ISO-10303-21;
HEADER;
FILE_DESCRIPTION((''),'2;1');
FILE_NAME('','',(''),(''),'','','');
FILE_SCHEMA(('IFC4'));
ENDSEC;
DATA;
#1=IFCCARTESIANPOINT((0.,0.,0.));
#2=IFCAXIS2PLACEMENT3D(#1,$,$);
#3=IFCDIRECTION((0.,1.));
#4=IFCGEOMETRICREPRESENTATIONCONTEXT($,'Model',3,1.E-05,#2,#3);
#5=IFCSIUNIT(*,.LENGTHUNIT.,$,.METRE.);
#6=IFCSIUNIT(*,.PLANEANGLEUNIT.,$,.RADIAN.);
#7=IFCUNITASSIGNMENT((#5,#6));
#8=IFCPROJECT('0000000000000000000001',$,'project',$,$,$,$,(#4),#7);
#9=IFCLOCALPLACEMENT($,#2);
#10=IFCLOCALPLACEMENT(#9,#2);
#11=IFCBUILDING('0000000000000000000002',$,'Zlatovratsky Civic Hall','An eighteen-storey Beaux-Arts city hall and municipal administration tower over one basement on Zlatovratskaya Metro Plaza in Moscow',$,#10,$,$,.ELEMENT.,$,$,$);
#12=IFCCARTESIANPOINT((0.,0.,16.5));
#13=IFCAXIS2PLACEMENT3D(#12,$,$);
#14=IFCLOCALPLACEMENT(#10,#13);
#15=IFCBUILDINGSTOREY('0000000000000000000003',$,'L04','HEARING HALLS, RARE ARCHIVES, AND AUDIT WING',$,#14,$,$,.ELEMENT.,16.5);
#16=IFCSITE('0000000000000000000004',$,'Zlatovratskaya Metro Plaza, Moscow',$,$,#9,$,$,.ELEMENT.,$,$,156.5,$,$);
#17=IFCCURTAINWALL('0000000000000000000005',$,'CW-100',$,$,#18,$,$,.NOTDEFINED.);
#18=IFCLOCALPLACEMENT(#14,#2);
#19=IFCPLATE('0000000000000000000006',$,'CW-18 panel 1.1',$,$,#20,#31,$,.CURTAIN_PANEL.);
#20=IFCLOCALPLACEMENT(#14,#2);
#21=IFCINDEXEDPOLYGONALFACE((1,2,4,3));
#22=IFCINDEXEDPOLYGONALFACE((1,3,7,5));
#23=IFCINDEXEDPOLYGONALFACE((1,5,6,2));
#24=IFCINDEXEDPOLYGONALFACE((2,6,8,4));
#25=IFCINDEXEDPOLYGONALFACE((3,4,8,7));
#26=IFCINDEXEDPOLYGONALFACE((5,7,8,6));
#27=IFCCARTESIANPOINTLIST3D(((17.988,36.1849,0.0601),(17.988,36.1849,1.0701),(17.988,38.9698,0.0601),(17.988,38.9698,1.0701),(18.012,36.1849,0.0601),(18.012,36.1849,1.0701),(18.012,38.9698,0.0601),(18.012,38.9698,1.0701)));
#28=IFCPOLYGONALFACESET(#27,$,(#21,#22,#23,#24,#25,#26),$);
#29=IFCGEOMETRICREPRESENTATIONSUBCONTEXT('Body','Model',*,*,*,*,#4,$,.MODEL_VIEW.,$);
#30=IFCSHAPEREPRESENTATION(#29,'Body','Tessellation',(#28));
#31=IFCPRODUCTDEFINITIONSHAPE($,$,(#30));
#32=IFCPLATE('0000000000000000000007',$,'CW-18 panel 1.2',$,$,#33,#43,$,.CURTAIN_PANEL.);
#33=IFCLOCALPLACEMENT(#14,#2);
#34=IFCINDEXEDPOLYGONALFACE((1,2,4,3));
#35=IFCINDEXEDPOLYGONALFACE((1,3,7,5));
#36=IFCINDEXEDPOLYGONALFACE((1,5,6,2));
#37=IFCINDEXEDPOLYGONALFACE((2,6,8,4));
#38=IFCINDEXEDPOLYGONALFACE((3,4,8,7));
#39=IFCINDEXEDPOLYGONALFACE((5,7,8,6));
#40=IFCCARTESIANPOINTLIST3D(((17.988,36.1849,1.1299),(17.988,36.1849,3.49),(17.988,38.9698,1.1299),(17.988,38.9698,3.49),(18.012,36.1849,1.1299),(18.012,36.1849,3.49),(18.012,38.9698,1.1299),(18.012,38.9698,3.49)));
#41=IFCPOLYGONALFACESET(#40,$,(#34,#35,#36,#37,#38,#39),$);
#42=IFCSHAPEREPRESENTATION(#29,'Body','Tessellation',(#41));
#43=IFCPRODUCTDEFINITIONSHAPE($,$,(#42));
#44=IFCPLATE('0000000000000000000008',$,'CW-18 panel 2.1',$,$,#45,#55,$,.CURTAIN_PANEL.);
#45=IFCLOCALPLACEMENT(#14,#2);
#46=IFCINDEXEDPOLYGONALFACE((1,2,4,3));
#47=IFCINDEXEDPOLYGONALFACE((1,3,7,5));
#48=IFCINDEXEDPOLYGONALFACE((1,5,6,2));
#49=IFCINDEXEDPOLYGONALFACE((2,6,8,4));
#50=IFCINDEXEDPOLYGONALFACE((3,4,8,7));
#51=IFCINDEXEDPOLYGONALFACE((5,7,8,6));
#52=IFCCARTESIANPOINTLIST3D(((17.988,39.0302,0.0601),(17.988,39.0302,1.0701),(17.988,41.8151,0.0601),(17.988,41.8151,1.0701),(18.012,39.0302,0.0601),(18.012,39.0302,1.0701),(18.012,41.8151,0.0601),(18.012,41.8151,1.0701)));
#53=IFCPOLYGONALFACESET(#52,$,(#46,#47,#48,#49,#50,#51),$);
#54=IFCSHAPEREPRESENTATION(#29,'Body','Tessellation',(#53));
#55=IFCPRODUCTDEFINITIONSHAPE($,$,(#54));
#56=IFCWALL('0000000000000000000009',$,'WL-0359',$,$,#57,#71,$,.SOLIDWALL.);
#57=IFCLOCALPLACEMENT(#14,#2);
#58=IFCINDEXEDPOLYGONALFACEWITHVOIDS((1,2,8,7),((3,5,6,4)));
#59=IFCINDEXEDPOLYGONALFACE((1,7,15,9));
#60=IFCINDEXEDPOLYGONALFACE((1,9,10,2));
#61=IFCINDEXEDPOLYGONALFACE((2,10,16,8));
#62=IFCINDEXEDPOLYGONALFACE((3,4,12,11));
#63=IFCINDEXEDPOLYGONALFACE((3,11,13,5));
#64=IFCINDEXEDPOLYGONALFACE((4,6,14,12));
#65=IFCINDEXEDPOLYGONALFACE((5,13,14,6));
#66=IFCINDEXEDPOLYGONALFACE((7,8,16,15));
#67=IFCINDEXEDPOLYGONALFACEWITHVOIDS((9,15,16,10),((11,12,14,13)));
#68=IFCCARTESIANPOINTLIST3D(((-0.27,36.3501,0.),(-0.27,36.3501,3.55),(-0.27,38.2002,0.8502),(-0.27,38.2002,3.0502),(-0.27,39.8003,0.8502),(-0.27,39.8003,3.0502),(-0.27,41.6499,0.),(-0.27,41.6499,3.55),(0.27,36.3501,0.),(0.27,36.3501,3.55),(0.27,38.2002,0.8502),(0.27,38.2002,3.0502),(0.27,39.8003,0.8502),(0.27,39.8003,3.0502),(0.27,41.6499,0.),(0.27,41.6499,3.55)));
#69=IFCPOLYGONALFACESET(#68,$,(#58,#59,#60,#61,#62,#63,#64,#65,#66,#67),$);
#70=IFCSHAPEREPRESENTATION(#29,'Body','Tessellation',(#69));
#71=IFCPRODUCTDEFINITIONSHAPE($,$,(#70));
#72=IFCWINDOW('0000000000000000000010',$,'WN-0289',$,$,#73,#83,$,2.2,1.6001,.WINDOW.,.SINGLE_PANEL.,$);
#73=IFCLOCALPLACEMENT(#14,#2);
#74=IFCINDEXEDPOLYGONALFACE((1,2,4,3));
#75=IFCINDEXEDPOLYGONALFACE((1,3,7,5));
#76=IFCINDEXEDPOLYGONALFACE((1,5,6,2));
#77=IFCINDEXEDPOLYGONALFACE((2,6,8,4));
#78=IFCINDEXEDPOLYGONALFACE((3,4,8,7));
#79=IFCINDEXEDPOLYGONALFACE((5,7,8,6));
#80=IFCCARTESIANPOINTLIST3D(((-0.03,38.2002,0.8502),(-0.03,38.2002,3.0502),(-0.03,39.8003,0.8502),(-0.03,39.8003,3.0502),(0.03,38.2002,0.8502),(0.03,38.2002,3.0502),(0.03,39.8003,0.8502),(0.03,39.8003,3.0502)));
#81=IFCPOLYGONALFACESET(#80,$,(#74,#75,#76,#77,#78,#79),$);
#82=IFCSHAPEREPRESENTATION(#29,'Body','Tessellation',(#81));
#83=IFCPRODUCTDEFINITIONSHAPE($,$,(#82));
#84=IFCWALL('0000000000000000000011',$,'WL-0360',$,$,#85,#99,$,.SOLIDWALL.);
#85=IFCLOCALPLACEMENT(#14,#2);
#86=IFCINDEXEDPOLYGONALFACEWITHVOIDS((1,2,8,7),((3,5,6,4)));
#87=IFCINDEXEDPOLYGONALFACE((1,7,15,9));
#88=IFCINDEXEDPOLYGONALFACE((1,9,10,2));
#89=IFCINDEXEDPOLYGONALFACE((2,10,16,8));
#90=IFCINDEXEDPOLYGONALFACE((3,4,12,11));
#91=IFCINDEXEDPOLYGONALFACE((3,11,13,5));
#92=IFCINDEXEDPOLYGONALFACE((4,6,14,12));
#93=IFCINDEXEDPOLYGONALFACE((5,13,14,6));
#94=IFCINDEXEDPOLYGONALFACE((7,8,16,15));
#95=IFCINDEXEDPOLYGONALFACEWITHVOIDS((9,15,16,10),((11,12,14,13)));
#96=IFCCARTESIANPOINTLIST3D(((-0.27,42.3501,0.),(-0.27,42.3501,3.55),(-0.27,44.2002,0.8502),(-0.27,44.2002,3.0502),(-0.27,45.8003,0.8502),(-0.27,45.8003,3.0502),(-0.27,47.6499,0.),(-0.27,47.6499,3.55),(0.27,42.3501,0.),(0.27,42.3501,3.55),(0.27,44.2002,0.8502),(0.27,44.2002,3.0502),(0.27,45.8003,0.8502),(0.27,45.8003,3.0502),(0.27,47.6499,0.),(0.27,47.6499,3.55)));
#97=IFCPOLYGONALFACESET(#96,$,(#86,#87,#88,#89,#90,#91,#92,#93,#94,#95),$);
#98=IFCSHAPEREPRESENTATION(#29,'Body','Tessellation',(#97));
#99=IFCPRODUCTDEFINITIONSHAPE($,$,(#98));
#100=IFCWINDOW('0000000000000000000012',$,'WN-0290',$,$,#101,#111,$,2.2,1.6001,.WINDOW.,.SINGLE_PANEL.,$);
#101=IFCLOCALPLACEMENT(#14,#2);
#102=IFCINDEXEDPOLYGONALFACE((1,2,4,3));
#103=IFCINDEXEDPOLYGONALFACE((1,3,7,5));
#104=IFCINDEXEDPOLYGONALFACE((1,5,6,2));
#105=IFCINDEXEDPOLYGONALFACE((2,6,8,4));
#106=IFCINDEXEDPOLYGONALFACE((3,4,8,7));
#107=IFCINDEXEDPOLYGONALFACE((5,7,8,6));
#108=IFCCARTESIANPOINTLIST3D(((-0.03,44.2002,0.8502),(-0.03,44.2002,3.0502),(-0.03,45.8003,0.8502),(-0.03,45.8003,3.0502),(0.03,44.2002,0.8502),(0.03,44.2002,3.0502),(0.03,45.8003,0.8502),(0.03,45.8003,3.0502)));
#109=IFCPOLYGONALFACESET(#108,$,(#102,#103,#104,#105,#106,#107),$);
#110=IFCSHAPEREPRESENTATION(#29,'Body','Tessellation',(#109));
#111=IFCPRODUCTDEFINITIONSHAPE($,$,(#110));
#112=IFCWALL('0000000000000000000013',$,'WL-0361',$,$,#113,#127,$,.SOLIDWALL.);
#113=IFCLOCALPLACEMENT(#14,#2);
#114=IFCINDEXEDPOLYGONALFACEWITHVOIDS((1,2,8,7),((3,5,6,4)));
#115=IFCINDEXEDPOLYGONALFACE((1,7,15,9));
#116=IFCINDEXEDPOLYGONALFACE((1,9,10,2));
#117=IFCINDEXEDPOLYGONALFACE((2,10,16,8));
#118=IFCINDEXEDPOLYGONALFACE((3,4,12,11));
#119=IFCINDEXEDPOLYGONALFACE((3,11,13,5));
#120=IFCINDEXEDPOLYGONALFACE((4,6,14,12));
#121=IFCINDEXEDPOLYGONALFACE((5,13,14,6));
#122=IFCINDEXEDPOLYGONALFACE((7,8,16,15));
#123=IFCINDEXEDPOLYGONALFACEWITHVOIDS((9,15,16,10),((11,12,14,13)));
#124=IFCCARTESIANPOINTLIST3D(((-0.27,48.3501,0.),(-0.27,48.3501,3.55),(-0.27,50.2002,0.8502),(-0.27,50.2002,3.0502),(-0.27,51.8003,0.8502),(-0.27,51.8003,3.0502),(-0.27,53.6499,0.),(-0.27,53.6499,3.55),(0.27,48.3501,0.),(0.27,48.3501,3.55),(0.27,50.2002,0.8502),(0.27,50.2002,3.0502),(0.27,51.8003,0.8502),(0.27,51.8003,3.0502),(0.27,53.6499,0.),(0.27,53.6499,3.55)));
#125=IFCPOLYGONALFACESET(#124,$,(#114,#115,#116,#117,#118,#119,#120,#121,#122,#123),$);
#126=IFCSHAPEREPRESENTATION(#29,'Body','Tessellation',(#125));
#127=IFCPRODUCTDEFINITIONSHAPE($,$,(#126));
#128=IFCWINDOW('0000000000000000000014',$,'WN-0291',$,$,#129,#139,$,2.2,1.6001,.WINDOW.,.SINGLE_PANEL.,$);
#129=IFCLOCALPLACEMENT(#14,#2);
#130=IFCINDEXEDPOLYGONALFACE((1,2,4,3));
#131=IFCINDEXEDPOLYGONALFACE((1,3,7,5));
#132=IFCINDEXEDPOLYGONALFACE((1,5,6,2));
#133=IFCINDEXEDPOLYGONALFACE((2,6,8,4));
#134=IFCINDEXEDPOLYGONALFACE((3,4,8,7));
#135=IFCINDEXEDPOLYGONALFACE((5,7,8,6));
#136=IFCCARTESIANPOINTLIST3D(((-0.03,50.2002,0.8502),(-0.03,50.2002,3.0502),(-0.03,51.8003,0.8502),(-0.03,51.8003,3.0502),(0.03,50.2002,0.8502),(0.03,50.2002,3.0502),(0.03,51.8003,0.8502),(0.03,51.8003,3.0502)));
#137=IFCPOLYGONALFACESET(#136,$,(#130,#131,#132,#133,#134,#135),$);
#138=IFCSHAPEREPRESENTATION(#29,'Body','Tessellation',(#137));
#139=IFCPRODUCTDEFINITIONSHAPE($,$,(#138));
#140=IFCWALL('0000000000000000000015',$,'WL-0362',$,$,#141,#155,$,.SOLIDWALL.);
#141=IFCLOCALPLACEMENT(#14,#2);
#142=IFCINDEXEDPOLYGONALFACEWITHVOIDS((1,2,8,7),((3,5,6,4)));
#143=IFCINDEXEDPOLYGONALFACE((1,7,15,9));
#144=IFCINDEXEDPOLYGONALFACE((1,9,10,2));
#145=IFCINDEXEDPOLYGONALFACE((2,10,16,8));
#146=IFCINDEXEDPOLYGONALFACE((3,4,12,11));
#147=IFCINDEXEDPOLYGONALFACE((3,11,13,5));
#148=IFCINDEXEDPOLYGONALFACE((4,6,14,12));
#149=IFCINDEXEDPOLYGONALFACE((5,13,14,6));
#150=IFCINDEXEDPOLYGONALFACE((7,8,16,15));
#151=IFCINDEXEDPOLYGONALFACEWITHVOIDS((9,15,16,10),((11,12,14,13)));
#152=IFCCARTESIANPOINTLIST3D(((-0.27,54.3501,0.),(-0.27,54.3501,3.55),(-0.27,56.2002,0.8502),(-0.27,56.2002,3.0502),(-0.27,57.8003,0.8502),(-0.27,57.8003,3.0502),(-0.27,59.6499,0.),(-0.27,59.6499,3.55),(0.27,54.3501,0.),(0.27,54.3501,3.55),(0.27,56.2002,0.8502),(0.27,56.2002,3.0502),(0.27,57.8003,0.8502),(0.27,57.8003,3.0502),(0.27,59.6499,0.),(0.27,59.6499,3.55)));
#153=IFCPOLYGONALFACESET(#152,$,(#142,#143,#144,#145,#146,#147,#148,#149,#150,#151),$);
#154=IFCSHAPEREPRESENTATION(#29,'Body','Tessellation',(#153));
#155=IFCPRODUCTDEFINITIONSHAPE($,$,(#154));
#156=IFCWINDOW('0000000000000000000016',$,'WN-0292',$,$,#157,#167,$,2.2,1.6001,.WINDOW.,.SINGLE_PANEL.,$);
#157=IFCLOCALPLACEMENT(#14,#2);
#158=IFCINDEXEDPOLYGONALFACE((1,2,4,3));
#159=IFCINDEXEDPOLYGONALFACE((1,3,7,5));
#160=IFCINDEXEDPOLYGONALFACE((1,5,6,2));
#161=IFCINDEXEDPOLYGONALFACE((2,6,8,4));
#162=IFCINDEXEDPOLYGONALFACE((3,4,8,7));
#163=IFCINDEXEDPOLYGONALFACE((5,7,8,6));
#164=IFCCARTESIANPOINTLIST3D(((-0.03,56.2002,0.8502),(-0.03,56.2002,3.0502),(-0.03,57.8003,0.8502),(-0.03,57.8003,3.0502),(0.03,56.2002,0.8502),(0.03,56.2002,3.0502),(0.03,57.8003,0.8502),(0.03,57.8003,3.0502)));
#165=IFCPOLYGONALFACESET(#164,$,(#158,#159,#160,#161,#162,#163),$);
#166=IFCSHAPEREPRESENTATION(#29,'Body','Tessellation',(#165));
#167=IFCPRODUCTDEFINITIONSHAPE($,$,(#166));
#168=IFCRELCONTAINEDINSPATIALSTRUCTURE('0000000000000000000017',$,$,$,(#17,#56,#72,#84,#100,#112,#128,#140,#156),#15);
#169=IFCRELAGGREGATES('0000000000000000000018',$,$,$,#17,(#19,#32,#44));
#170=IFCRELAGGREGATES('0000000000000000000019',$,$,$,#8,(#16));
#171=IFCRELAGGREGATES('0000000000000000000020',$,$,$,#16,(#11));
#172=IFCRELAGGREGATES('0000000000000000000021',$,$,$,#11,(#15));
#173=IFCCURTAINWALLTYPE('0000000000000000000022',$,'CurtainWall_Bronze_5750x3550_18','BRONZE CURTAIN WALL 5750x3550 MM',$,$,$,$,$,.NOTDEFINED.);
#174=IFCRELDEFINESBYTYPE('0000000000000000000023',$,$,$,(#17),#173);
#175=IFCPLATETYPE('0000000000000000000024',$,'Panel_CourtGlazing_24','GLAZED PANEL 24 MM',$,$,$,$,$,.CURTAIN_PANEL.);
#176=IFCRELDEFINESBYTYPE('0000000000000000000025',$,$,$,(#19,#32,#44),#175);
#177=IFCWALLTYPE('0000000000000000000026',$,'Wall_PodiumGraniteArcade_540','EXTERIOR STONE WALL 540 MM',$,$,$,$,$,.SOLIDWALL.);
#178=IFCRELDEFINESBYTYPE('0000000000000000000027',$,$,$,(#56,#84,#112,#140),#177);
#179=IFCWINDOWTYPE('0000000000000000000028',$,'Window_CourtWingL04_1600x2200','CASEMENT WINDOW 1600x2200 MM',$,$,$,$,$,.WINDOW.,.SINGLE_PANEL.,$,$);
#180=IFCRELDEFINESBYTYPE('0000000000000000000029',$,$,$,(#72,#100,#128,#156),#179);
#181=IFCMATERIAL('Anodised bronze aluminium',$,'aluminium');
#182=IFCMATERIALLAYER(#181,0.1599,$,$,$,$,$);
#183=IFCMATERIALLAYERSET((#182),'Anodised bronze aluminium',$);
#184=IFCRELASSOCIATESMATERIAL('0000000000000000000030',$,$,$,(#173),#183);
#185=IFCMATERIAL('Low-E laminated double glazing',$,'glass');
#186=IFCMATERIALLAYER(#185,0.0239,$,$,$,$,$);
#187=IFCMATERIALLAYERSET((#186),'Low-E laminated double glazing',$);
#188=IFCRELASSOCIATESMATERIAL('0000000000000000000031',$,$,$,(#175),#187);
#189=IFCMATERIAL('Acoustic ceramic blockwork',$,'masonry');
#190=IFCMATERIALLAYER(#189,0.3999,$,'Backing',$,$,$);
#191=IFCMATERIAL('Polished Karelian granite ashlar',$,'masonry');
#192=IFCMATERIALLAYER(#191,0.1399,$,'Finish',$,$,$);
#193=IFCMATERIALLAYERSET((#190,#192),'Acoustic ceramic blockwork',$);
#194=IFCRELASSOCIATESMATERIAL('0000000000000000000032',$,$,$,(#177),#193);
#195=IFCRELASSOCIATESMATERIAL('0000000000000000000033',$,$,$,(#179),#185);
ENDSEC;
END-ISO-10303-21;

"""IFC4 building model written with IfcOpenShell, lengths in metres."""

from ifc_helpers import new_model, si_unit, direction, frame, frame_2d, origin, origin_2d, place, context, subcontext, project, spatial, rectangle, extrude, material, layer, layer_set, type_object, element, fill, aggregate, save


model = new_model("IFC4")

# Units and contexts
model_context = context("Model", 3, precision=1e-05, world=origin(), true_north=direction((0.0, 1.0)))
body_context = subcontext(model_context, "Body", "Model", "MODEL_VIEW")
ifc_project = project(units=[si_unit("LENGTHUNIT", "METRE"), si_unit("PLANEANGLEUNIT", "RADIAN")], contexts=[model_context])

# Site, building, storey
site_placement = place(None, origin())
site = spatial("IfcSite", under=ifc_project, at=site_placement, Name="Zlatovratskaya Metro Plaza, Moscow", CompositionType="ELEMENT", RefElevation=156.5)
building_placement = place(site_placement, origin())
building = spatial("IfcBuilding", under=site, at=building_placement, Name="Zlatovratsky Civic Hall", Description="An eighteen-storey Beaux-Arts city hall and municipal administration tower over one basement on Zlatovratskaya Metro Plaza in Moscow", CompositionType="ELEMENT")
storey_placement = place(building_placement, frame((0.0, 0.0, 16.5)))
storey = spatial("IfcBuildingStorey", under=building, at=storey_placement, Name="L04", Description="HEARING HALLS, RARE ARCHIVES, AND AUDIT WING", CompositionType="ELEMENT", Elevation=16.5)

# Curtain wall
ifc_material_1 = material(Name="Anodised bronze aluminium", Category="aluminium")
ifc_layer_1 = layer(ifc_material_1, 0.1599)
ifc_layer_set_1 = layer_set([ifc_layer_1], Name="Anodised bronze aluminium")
curtain_wall_type = type_object("IfcCurtainWallType", Name="CurtainWall_Bronze_5750x3550_18", Description="BRONZE CURTAIN WALL 5750x3550 MM", PredefinedType="NOTDEFINED", material=ifc_layer_set_1)
curtain_wall_placement = place(storey_placement, origin())
curtain_wall = element("IfcCurtainWall", 1, at=curtain_wall_placement, inside=storey, type_object=curtain_wall_type, Name="CW-100", PredefinedType="NOTDEFINED")

# Plates
ifc_material_2 = material(Name="Low-E laminated double glazing", Category="glass")
ifc_layer_2 = layer(ifc_material_2, 0.0239)
ifc_layer_set_2 = layer_set([ifc_layer_2], Name="Low-E laminated double glazing")
plate_type = type_object("IfcPlateType", Name="Panel_CourtGlazing_24", Description="GLAZED PANEL 24 MM", PredefinedType="CURTAIN_PANEL", material=ifc_layer_set_2)
plate_1_placement = place(storey_placement, frame((18.0, 37.5774, 0.0601), z_axis=(0.0, 0.0, 1.0), x_axis=(0.0, 1.0, 0.0)))
plate_1 = element("IfcPlate", 2, at=plate_1_placement, type_object=plate_type, Name="CW-18 panel 1.1", PredefinedType="CURTAIN_PANEL", context=body_context, shape_type="SweptSolid", body=[
    extrude(rectangle(XDim=2.7849, YDim=0.0239, at=origin_2d()), origin(), (0.0, 0.0, 1.0), 1.01),
])
plate_2_placement = place(storey_placement, frame((18.0, 37.5774, 1.1299), z_axis=(0.0, 0.0, 1.0), x_axis=(0.0, 1.0, 0.0)))
plate_2 = element("IfcPlate", 3, at=plate_2_placement, type_object=plate_type, Name="CW-18 panel 1.2", PredefinedType="CURTAIN_PANEL", context=body_context, shape_type="SweptSolid", body=[
    extrude(rectangle(XDim=2.7849, YDim=0.0239, at=origin_2d()), origin(), (0.0, 0.0, 1.0), 2.3601),
])
plate_3_placement = place(storey_placement, frame((18.0, 40.4226, 0.0601), z_axis=(0.0, 0.0, 1.0), x_axis=(0.0, 1.0, 0.0)))
plate_3 = element("IfcPlate", 4, at=plate_3_placement, type_object=plate_type, Name="CW-18 panel 2.1", PredefinedType="CURTAIN_PANEL", context=body_context, shape_type="SweptSolid", body=[
    extrude(rectangle(XDim=2.7849, YDim=0.0239, at=origin_2d()), origin(), (0.0, 0.0, 1.0), 1.01),
])
aggregate(curtain_wall, [plate_1, plate_2, plate_3])

# Walls, openings, windows
ifc_material_3 = material(Name="Acoustic ceramic blockwork", Category="masonry")
ifc_layer_3 = layer(ifc_material_3, 0.3999, Name="Backing")
ifc_material_4 = material(Name="Polished Karelian granite ashlar", Category="masonry")
ifc_layer_4 = layer(ifc_material_4, 0.1399, Name="Finish")
ifc_layer_set_3 = layer_set([ifc_layer_3, ifc_layer_4], Name="Acoustic ceramic blockwork")
wall_type = type_object("IfcWallType", Name="Wall_PodiumGraniteArcade_540", Description="EXTERIOR STONE WALL 540 MM", PredefinedType="SOLIDWALL", material=ifc_layer_set_3)
wall_1_placement = place(storey_placement, frame((0.0, 36.3501, 0.0), z_axis=(0.0, 0.0, 1.0), x_axis=(0.0, 1.0, 0.0)))
wall_1 = element("IfcWall", 5, at=wall_1_placement, inside=storey, type_object=wall_type, Name="WL-0359", PredefinedType="SOLIDWALL", context=body_context, shape_type="SweptSolid", body=[
    extrude(rectangle(XDim=5.2998, YDim=0.54, at=frame_2d((2.6499, 0.0))), origin(), (0.0, 0.0, 1.0), 3.55),
])
opening_1_placement = place(wall_1_placement, frame((1.8501, 0.0, 0.8501)))
opening_1 = element("IfcOpeningElement", 6, at=opening_1_placement, cuts=wall_1, PredefinedType="OPENING", context=body_context, shape_type="SweptSolid", body=[
    extrude(rectangle(XDim=1.6001, YDim=2.2, at=frame_2d((0.8, 1.1001))), frame((0.0, 0.2849, 0.0), z_axis=(0.0, -1.0, 0.0), x_axis=(1.0, 0.0, 0.0)), (0.0, 0.0, 1.0), 0.5698),
])
window_type = type_object("IfcWindowType", Name="Window_CourtWingL04_1600x2200", Description="CASEMENT WINDOW 1600x2200 MM", PartitioningType="SINGLE_PANEL", PredefinedType="WINDOW", material=ifc_material_2)
window_1_placement = place(opening_1_placement, origin())
window_1 = element("IfcWindow", 7, at=window_1_placement, inside=storey, type_object=window_type, Name="WN-0289", OverallHeight=2.2, OverallWidth=1.6001, PartitioningType="SINGLE_PANEL", PredefinedType="WINDOW", context=body_context, shape_type="SweptSolid", body=[
    extrude(rectangle(XDim=1.6001, YDim=2.2, at=frame_2d((0.8, 1.1001))), frame((0.0, 0.03, 0.0), z_axis=(0.0, -1.0, 0.0), x_axis=(1.0, 0.0, 0.0)), (0.0, 0.0, 1.0), 0.0601),
])
fill(opening_1, window_1)
wall_2_placement = place(storey_placement, frame((0.0, 42.3501, 0.0), z_axis=(0.0, 0.0, 1.0), x_axis=(0.0, 1.0, 0.0)))
wall_2 = element("IfcWall", 8, at=wall_2_placement, inside=storey, type_object=wall_type, Name="WL-0360", PredefinedType="SOLIDWALL", context=body_context, shape_type="SweptSolid", body=[
    extrude(rectangle(XDim=5.2998, YDim=0.54, at=frame_2d((2.6499, 0.0))), origin(), (0.0, 0.0, 1.0), 3.55),
])
opening_2_placement = place(wall_2_placement, frame((1.8501, 0.0, 0.8501)))
opening_2 = element("IfcOpeningElement", 9, at=opening_2_placement, cuts=wall_2, PredefinedType="OPENING", context=body_context, shape_type="SweptSolid", body=[
    extrude(rectangle(XDim=1.6001, YDim=2.2, at=frame_2d((0.8, 1.1001))), frame((0.0, 0.2849, 0.0), z_axis=(0.0, -1.0, 0.0), x_axis=(1.0, 0.0, 0.0)), (0.0, 0.0, 1.0), 0.5698),
])
window_2_placement = place(opening_2_placement, origin())
window_2 = element("IfcWindow", 10, at=window_2_placement, inside=storey, type_object=window_type, Name="WN-0290", OverallHeight=2.2, OverallWidth=1.6001, PartitioningType="SINGLE_PANEL", PredefinedType="WINDOW", context=body_context, shape_type="SweptSolid", body=[
    extrude(rectangle(XDim=1.6001, YDim=2.2, at=frame_2d((0.8, 1.1001))), frame((0.0, 0.03, 0.0), z_axis=(0.0, -1.0, 0.0), x_axis=(1.0, 0.0, 0.0)), (0.0, 0.0, 1.0), 0.0601),
])
fill(opening_2, window_2)
wall_3_placement = place(storey_placement, frame((0.0, 48.3501, 0.0), z_axis=(0.0, 0.0, 1.0), x_axis=(0.0, 1.0, 0.0)))
wall_3 = element("IfcWall", 11, at=wall_3_placement, inside=storey, type_object=wall_type, Name="WL-0361", PredefinedType="SOLIDWALL", context=body_context, shape_type="SweptSolid", body=[
    extrude(rectangle(XDim=5.2998, YDim=0.54, at=frame_2d((2.6499, 0.0))), origin(), (0.0, 0.0, 1.0), 3.55),
])
opening_3_placement = place(wall_3_placement, frame((1.8501, 0.0, 0.8501)))
opening_3 = element("IfcOpeningElement", 12, at=opening_3_placement, cuts=wall_3, PredefinedType="OPENING", context=body_context, shape_type="SweptSolid", body=[
    extrude(rectangle(XDim=1.6001, YDim=2.2, at=frame_2d((0.8, 1.1001))), frame((0.0, 0.2849, 0.0), z_axis=(0.0, -1.0, 0.0), x_axis=(1.0, 0.0, 0.0)), (0.0, 0.0, 1.0), 0.5698),
])
window_3_placement = place(opening_3_placement, origin())
window_3 = element("IfcWindow", 13, at=window_3_placement, inside=storey, type_object=window_type, Name="WN-0291", OverallHeight=2.2, OverallWidth=1.6001, PartitioningType="SINGLE_PANEL", PredefinedType="WINDOW", context=body_context, shape_type="SweptSolid", body=[
    extrude(rectangle(XDim=1.6001, YDim=2.2, at=frame_2d((0.8, 1.1001))), frame((0.0, 0.03, 0.0), z_axis=(0.0, -1.0, 0.0), x_axis=(1.0, 0.0, 0.0)), (0.0, 0.0, 1.0), 0.0601),
])
fill(opening_3, window_3)
wall_4_placement = place(storey_placement, frame((0.0, 54.3501, 0.0), z_axis=(0.0, 0.0, 1.0), x_axis=(0.0, 1.0, 0.0)))
wall_4 = element("IfcWall", 14, at=wall_4_placement, inside=storey, type_object=wall_type, Name="WL-0362", PredefinedType="SOLIDWALL", context=body_context, shape_type="SweptSolid", body=[
    extrude(rectangle(XDim=5.2998, YDim=0.54, at=frame_2d((2.6499, 0.0))), origin(), (0.0, 0.0, 1.0), 3.55),
])
opening_4_placement = place(wall_4_placement, frame((1.8501, 0.0, 0.8501)))
opening_4 = element("IfcOpeningElement", 15, at=opening_4_placement, cuts=wall_4, PredefinedType="OPENING", context=body_context, shape_type="SweptSolid", body=[
    extrude(rectangle(XDim=1.6001, YDim=2.2, at=frame_2d((0.8, 1.1001))), frame((0.0, 0.2849, 0.0), z_axis=(0.0, -1.0, 0.0), x_axis=(1.0, 0.0, 0.0)), (0.0, 0.0, 1.0), 0.5698),
])
window_4_placement = place(opening_4_placement, origin())
window_4 = element("IfcWindow", 16, at=window_4_placement, inside=storey, type_object=window_type, Name="WN-0292", OverallHeight=2.2, OverallWidth=1.6001, PartitioningType="SINGLE_PANEL", PredefinedType="WINDOW", context=body_context, shape_type="SweptSolid", body=[
    extrude(rectangle(XDim=1.6001, YDim=2.2, at=frame_2d((0.8, 1.1001))), frame((0.0, 0.03, 0.0), z_axis=(0.0, -1.0, 0.0), x_axis=(1.0, 0.0, 0.0)), (0.0, 0.0, 1.0), 0.0601),
])
fill(opening_4, window_4)

save(model, "model.ifc")
